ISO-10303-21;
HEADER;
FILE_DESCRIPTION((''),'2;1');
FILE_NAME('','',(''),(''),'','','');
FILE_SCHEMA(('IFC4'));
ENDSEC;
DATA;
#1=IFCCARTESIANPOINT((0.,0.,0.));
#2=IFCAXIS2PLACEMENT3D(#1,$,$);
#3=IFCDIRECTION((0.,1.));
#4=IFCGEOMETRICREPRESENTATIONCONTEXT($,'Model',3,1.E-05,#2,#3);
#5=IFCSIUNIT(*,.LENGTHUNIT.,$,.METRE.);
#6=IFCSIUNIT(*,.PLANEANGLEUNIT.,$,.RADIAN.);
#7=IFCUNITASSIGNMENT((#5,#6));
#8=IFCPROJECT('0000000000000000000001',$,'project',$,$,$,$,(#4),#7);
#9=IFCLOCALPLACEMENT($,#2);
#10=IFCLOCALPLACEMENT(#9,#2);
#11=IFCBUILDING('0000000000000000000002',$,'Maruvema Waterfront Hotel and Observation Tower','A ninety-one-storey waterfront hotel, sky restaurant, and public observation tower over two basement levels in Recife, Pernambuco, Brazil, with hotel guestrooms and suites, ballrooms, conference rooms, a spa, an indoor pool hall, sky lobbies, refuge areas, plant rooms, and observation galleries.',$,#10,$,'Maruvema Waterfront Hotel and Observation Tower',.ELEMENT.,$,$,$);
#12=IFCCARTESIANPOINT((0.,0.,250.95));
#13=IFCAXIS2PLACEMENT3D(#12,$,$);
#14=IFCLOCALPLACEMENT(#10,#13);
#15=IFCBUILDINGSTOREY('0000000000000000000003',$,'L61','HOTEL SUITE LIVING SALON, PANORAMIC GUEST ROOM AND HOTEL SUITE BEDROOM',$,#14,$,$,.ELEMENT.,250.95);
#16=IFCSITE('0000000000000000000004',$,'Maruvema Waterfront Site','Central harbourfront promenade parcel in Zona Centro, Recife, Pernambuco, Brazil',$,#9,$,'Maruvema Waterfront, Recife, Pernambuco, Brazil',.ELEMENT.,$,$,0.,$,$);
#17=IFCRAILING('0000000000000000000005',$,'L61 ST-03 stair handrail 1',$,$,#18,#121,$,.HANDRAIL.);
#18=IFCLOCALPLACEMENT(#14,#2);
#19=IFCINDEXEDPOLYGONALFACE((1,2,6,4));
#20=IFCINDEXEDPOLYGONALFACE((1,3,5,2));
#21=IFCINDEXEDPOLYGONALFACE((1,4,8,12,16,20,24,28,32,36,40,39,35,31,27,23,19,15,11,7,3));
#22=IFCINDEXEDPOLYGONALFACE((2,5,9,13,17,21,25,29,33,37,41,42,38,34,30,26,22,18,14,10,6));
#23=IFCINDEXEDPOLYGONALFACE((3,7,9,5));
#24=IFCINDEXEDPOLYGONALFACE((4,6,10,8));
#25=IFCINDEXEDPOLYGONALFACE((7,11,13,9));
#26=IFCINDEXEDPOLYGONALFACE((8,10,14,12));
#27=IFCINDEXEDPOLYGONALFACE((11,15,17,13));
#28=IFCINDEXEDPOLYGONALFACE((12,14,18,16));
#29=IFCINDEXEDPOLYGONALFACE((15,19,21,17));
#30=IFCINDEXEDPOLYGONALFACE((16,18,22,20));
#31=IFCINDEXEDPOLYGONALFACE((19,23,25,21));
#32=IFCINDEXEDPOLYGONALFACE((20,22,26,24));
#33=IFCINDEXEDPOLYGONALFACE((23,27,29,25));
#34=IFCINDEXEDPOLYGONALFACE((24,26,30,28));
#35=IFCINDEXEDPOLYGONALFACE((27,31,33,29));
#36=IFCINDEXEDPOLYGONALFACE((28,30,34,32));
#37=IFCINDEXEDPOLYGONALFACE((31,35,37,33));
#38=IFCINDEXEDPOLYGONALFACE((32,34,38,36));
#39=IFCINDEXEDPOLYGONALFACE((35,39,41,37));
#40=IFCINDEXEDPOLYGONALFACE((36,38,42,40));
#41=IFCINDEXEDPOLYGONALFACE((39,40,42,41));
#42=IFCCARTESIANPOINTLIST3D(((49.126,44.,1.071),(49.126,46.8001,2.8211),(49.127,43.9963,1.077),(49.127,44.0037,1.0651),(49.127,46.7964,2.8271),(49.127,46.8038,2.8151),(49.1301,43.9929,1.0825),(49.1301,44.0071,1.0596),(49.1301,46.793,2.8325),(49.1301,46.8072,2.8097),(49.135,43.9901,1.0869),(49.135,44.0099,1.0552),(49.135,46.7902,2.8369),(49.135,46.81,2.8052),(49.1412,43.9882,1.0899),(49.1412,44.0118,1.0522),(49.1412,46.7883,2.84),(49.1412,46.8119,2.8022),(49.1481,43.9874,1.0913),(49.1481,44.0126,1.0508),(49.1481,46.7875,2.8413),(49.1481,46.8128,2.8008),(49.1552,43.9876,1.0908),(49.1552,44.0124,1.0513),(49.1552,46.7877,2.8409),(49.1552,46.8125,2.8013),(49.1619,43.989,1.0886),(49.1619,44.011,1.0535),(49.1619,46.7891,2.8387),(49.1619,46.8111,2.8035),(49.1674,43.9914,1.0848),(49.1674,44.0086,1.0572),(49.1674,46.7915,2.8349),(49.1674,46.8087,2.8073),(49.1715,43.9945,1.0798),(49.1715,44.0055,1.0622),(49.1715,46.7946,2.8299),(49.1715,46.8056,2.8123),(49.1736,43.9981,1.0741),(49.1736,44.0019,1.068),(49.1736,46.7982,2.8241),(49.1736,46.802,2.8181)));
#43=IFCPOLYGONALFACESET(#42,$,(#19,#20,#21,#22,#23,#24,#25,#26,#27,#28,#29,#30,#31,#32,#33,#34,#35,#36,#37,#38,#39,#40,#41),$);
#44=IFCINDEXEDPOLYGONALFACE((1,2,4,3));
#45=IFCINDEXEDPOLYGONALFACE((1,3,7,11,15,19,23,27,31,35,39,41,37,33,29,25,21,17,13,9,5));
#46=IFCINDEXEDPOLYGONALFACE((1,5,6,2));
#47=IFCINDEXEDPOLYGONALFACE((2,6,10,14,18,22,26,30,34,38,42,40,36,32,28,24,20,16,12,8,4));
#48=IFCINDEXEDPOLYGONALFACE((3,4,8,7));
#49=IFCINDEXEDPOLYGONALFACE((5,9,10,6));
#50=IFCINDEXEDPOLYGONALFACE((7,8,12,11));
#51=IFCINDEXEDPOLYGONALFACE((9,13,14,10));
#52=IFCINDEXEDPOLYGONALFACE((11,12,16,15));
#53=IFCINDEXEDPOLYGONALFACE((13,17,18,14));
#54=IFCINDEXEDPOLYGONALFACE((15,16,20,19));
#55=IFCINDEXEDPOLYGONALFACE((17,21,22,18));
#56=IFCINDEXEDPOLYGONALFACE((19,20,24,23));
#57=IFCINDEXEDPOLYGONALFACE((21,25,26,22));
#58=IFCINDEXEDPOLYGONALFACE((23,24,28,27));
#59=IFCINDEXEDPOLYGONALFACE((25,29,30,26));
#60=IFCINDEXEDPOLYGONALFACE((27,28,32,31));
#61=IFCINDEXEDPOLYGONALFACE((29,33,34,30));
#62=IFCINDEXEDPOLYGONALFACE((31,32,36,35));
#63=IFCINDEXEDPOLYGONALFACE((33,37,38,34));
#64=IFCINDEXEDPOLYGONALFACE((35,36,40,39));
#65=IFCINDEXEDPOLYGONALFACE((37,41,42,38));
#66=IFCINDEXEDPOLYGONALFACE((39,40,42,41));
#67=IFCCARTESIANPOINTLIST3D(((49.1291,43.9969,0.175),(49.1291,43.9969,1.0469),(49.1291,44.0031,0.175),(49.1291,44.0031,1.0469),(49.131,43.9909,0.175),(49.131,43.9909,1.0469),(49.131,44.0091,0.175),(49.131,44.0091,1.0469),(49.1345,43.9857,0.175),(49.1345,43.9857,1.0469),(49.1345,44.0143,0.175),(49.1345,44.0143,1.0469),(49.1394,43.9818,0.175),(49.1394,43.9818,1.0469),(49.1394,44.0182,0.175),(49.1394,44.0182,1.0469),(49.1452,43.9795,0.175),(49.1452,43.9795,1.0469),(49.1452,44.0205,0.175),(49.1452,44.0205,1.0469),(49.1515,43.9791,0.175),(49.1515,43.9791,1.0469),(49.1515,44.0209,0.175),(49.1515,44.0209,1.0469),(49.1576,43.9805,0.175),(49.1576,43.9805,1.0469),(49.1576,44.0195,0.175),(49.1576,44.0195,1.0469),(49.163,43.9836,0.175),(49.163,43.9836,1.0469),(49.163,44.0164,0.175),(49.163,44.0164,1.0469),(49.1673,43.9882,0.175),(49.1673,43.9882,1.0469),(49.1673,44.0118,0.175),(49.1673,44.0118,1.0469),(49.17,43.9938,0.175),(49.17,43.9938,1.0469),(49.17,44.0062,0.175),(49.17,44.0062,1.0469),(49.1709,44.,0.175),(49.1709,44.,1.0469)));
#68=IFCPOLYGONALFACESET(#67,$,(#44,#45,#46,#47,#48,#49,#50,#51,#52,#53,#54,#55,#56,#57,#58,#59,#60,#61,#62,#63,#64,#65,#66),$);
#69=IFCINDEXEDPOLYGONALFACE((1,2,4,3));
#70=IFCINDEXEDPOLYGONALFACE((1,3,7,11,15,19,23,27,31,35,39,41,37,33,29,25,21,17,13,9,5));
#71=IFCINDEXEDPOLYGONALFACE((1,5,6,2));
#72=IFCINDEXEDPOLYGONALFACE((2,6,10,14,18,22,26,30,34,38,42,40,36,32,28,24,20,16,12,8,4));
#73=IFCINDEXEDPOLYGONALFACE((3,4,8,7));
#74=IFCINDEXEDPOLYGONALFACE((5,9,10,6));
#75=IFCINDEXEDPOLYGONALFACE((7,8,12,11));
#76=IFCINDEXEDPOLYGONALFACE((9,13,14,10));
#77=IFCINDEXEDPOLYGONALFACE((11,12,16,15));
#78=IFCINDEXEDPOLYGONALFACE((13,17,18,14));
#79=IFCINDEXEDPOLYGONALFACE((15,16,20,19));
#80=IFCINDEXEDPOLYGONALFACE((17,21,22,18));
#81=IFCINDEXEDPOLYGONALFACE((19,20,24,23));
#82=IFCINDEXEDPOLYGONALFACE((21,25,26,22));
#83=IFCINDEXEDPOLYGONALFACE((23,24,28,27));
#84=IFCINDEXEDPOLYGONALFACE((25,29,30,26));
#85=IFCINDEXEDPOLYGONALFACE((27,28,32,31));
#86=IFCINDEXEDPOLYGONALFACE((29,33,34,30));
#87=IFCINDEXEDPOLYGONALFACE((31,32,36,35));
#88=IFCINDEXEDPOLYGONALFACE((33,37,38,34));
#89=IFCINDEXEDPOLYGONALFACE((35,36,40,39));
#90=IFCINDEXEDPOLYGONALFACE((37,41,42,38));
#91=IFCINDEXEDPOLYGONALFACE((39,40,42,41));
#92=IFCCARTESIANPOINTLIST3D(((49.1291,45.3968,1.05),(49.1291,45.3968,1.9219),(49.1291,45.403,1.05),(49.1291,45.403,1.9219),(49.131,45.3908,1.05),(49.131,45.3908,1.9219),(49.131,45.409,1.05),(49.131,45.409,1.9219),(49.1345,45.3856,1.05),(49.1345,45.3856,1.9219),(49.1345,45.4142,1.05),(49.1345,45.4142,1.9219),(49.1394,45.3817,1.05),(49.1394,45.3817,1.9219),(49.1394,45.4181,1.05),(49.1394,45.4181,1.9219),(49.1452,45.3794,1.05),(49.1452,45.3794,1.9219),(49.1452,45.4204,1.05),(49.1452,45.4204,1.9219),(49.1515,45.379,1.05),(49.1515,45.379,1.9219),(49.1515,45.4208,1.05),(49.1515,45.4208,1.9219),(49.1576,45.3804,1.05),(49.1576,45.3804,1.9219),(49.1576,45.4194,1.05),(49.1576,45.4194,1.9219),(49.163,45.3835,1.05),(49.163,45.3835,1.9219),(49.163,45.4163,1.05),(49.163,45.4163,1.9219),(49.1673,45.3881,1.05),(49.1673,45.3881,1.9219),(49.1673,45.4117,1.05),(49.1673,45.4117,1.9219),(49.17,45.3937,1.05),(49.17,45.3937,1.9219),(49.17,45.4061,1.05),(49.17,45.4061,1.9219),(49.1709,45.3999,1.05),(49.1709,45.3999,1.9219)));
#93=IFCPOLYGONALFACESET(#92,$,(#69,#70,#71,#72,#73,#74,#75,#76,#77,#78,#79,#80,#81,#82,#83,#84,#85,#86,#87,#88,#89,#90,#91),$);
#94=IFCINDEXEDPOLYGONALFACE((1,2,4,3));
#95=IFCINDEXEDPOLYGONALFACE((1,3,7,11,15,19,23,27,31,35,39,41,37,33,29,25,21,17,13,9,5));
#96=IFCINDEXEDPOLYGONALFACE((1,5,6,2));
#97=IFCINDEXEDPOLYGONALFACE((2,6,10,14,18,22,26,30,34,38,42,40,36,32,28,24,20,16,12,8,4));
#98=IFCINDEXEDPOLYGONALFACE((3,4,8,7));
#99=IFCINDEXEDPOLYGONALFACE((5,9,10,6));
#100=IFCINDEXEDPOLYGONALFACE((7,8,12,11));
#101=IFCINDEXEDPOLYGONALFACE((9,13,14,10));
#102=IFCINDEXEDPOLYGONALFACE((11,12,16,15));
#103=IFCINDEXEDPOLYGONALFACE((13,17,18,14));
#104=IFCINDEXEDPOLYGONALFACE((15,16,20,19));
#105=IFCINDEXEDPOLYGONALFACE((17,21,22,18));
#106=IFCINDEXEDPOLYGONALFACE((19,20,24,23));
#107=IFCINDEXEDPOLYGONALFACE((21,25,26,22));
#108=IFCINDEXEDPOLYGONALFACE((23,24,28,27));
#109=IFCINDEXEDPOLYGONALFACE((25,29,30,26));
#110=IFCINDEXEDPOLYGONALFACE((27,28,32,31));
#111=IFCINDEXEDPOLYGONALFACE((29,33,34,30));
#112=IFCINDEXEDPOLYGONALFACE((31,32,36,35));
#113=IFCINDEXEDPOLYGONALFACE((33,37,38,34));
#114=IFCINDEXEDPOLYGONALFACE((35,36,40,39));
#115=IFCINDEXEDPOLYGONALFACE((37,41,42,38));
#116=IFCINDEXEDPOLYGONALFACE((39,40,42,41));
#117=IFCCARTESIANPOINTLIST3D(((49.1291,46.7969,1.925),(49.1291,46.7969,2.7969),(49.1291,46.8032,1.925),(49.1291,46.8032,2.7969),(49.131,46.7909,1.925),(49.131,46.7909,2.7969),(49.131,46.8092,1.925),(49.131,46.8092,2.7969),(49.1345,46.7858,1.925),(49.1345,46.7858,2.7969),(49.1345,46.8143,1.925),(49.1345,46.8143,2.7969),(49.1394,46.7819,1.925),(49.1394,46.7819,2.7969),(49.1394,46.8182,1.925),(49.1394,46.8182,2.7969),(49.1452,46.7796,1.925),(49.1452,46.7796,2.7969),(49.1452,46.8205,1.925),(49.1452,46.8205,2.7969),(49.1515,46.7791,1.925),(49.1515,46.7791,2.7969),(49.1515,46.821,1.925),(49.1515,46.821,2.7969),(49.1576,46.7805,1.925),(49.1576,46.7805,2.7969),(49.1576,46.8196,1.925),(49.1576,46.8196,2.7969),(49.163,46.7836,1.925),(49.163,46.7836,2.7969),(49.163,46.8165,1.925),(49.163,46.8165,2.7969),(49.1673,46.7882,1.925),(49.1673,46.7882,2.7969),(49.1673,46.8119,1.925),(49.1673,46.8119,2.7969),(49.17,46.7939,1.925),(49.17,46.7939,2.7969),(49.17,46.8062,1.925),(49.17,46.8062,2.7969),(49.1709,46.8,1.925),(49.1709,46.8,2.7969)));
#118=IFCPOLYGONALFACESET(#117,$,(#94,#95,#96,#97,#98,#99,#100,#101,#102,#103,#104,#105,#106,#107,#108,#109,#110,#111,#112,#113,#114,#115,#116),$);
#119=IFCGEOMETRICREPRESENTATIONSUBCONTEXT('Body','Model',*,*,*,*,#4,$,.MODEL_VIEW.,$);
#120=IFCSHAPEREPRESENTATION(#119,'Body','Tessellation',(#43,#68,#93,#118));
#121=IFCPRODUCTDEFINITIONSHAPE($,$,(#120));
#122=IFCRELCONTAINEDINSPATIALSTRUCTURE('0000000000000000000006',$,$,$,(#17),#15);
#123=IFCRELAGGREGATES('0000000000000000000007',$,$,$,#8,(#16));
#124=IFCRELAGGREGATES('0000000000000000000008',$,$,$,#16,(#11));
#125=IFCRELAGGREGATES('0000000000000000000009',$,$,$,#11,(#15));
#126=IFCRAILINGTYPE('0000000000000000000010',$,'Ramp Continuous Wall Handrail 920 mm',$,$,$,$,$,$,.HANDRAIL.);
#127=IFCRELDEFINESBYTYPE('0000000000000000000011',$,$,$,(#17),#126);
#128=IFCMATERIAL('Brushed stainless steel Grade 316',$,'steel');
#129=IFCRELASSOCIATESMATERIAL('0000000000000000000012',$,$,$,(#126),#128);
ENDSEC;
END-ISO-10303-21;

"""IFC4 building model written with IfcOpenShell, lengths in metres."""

from ifc_helpers import new_model, si_unit, direction, frame, origin, origin_2d, place, context, subcontext, project, spatial, circle, extrude, material, type_object, element, save


model = new_model("IFC4")

# Units and contexts
model_context = context("Model", 3, precision=1e-05, world=origin(), true_north=direction((0.0, 1.0)))
body_context = subcontext(model_context, "Body", "Model", "MODEL_VIEW")
ifc_project = project(units=[si_unit("LENGTHUNIT", "METRE"), si_unit("PLANEANGLEUNIT", "RADIAN")], contexts=[model_context])

# Site, building, storey
site_placement = place(None, origin())
site = spatial("IfcSite", under=ifc_project, at=site_placement, Name="Maruvema Waterfront Site", Description="Central harbourfront promenade parcel in Zona Centro, Recife, Pernambuco, Brazil", LongName="Maruvema Waterfront, Recife, Pernambuco, Brazil", CompositionType="ELEMENT", RefElevation=0.0)
building_placement = place(site_placement, origin())
building = spatial("IfcBuilding", under=site, at=building_placement, Name="Maruvema Waterfront Hotel and Observation Tower", Description="A ninety-one-storey waterfront hotel, sky restaurant, and public observation tower over two basement levels in Recife, Pernambuco, Brazil, with hotel guestrooms and suites, ballrooms, conference rooms, a spa, an indoor pool hall, sky lobbies, refuge areas, plant rooms, and observation galleries.", LongName="Maruvema Waterfront Hotel and Observation Tower", CompositionType="ELEMENT")
storey_placement = place(building_placement, frame((0.0, 0.0, 250.95)))
storey = spatial("IfcBuildingStorey", under=building, at=storey_placement, Name="L61", Description="HOTEL SUITE LIVING SALON, PANORAMIC GUEST ROOM AND HOTEL SUITE BEDROOM", CompositionType="ELEMENT", Elevation=250.95)

# Railing
ifc_material_1 = material(Name="Brushed stainless steel Grade 316", Category="steel")
railing_type_1 = type_object("IfcRailingType", Name="Ramp Continuous Wall Handrail 920 mm", PredefinedType="HANDRAIL", material=ifc_material_1)
railing_1_placement = place(storey_placement, frame((49.1499, 44.0, 0.175)))
element("IfcRailing", 1, at=railing_1_placement, inside=storey, type_object=railing_type_1, Name="L61 ST-03 stair handrail 1", PredefinedType="HANDRAIL", context=body_context, shape_type="SweptSolid", body=[
    extrude(circle(Radius=0.0239, at=origin_2d()), frame((0.0, 0.0, 0.896), z_axis=(0.0, 0.848002, 0.529992), x_axis=(-1.0, 0.0, 0.0)), (0.0, 0.0, 1.0), 3.302),
    extrude(circle(Radius=0.021, at=origin_2d()), origin(), (0.0, 0.0, 1.0), 0.8718),
    extrude(circle(Radius=0.021, at=origin_2d()), frame((0.0, 1.3999, 0.875)), (0.0, 0.0, 1.0), 0.8718),
    extrude(circle(Radius=0.021, at=origin_2d()), frame((0.0, 2.8, 1.75)), (0.0, 0.0, 1.0), 0.8718),
])

save(model, "model.ifc")
